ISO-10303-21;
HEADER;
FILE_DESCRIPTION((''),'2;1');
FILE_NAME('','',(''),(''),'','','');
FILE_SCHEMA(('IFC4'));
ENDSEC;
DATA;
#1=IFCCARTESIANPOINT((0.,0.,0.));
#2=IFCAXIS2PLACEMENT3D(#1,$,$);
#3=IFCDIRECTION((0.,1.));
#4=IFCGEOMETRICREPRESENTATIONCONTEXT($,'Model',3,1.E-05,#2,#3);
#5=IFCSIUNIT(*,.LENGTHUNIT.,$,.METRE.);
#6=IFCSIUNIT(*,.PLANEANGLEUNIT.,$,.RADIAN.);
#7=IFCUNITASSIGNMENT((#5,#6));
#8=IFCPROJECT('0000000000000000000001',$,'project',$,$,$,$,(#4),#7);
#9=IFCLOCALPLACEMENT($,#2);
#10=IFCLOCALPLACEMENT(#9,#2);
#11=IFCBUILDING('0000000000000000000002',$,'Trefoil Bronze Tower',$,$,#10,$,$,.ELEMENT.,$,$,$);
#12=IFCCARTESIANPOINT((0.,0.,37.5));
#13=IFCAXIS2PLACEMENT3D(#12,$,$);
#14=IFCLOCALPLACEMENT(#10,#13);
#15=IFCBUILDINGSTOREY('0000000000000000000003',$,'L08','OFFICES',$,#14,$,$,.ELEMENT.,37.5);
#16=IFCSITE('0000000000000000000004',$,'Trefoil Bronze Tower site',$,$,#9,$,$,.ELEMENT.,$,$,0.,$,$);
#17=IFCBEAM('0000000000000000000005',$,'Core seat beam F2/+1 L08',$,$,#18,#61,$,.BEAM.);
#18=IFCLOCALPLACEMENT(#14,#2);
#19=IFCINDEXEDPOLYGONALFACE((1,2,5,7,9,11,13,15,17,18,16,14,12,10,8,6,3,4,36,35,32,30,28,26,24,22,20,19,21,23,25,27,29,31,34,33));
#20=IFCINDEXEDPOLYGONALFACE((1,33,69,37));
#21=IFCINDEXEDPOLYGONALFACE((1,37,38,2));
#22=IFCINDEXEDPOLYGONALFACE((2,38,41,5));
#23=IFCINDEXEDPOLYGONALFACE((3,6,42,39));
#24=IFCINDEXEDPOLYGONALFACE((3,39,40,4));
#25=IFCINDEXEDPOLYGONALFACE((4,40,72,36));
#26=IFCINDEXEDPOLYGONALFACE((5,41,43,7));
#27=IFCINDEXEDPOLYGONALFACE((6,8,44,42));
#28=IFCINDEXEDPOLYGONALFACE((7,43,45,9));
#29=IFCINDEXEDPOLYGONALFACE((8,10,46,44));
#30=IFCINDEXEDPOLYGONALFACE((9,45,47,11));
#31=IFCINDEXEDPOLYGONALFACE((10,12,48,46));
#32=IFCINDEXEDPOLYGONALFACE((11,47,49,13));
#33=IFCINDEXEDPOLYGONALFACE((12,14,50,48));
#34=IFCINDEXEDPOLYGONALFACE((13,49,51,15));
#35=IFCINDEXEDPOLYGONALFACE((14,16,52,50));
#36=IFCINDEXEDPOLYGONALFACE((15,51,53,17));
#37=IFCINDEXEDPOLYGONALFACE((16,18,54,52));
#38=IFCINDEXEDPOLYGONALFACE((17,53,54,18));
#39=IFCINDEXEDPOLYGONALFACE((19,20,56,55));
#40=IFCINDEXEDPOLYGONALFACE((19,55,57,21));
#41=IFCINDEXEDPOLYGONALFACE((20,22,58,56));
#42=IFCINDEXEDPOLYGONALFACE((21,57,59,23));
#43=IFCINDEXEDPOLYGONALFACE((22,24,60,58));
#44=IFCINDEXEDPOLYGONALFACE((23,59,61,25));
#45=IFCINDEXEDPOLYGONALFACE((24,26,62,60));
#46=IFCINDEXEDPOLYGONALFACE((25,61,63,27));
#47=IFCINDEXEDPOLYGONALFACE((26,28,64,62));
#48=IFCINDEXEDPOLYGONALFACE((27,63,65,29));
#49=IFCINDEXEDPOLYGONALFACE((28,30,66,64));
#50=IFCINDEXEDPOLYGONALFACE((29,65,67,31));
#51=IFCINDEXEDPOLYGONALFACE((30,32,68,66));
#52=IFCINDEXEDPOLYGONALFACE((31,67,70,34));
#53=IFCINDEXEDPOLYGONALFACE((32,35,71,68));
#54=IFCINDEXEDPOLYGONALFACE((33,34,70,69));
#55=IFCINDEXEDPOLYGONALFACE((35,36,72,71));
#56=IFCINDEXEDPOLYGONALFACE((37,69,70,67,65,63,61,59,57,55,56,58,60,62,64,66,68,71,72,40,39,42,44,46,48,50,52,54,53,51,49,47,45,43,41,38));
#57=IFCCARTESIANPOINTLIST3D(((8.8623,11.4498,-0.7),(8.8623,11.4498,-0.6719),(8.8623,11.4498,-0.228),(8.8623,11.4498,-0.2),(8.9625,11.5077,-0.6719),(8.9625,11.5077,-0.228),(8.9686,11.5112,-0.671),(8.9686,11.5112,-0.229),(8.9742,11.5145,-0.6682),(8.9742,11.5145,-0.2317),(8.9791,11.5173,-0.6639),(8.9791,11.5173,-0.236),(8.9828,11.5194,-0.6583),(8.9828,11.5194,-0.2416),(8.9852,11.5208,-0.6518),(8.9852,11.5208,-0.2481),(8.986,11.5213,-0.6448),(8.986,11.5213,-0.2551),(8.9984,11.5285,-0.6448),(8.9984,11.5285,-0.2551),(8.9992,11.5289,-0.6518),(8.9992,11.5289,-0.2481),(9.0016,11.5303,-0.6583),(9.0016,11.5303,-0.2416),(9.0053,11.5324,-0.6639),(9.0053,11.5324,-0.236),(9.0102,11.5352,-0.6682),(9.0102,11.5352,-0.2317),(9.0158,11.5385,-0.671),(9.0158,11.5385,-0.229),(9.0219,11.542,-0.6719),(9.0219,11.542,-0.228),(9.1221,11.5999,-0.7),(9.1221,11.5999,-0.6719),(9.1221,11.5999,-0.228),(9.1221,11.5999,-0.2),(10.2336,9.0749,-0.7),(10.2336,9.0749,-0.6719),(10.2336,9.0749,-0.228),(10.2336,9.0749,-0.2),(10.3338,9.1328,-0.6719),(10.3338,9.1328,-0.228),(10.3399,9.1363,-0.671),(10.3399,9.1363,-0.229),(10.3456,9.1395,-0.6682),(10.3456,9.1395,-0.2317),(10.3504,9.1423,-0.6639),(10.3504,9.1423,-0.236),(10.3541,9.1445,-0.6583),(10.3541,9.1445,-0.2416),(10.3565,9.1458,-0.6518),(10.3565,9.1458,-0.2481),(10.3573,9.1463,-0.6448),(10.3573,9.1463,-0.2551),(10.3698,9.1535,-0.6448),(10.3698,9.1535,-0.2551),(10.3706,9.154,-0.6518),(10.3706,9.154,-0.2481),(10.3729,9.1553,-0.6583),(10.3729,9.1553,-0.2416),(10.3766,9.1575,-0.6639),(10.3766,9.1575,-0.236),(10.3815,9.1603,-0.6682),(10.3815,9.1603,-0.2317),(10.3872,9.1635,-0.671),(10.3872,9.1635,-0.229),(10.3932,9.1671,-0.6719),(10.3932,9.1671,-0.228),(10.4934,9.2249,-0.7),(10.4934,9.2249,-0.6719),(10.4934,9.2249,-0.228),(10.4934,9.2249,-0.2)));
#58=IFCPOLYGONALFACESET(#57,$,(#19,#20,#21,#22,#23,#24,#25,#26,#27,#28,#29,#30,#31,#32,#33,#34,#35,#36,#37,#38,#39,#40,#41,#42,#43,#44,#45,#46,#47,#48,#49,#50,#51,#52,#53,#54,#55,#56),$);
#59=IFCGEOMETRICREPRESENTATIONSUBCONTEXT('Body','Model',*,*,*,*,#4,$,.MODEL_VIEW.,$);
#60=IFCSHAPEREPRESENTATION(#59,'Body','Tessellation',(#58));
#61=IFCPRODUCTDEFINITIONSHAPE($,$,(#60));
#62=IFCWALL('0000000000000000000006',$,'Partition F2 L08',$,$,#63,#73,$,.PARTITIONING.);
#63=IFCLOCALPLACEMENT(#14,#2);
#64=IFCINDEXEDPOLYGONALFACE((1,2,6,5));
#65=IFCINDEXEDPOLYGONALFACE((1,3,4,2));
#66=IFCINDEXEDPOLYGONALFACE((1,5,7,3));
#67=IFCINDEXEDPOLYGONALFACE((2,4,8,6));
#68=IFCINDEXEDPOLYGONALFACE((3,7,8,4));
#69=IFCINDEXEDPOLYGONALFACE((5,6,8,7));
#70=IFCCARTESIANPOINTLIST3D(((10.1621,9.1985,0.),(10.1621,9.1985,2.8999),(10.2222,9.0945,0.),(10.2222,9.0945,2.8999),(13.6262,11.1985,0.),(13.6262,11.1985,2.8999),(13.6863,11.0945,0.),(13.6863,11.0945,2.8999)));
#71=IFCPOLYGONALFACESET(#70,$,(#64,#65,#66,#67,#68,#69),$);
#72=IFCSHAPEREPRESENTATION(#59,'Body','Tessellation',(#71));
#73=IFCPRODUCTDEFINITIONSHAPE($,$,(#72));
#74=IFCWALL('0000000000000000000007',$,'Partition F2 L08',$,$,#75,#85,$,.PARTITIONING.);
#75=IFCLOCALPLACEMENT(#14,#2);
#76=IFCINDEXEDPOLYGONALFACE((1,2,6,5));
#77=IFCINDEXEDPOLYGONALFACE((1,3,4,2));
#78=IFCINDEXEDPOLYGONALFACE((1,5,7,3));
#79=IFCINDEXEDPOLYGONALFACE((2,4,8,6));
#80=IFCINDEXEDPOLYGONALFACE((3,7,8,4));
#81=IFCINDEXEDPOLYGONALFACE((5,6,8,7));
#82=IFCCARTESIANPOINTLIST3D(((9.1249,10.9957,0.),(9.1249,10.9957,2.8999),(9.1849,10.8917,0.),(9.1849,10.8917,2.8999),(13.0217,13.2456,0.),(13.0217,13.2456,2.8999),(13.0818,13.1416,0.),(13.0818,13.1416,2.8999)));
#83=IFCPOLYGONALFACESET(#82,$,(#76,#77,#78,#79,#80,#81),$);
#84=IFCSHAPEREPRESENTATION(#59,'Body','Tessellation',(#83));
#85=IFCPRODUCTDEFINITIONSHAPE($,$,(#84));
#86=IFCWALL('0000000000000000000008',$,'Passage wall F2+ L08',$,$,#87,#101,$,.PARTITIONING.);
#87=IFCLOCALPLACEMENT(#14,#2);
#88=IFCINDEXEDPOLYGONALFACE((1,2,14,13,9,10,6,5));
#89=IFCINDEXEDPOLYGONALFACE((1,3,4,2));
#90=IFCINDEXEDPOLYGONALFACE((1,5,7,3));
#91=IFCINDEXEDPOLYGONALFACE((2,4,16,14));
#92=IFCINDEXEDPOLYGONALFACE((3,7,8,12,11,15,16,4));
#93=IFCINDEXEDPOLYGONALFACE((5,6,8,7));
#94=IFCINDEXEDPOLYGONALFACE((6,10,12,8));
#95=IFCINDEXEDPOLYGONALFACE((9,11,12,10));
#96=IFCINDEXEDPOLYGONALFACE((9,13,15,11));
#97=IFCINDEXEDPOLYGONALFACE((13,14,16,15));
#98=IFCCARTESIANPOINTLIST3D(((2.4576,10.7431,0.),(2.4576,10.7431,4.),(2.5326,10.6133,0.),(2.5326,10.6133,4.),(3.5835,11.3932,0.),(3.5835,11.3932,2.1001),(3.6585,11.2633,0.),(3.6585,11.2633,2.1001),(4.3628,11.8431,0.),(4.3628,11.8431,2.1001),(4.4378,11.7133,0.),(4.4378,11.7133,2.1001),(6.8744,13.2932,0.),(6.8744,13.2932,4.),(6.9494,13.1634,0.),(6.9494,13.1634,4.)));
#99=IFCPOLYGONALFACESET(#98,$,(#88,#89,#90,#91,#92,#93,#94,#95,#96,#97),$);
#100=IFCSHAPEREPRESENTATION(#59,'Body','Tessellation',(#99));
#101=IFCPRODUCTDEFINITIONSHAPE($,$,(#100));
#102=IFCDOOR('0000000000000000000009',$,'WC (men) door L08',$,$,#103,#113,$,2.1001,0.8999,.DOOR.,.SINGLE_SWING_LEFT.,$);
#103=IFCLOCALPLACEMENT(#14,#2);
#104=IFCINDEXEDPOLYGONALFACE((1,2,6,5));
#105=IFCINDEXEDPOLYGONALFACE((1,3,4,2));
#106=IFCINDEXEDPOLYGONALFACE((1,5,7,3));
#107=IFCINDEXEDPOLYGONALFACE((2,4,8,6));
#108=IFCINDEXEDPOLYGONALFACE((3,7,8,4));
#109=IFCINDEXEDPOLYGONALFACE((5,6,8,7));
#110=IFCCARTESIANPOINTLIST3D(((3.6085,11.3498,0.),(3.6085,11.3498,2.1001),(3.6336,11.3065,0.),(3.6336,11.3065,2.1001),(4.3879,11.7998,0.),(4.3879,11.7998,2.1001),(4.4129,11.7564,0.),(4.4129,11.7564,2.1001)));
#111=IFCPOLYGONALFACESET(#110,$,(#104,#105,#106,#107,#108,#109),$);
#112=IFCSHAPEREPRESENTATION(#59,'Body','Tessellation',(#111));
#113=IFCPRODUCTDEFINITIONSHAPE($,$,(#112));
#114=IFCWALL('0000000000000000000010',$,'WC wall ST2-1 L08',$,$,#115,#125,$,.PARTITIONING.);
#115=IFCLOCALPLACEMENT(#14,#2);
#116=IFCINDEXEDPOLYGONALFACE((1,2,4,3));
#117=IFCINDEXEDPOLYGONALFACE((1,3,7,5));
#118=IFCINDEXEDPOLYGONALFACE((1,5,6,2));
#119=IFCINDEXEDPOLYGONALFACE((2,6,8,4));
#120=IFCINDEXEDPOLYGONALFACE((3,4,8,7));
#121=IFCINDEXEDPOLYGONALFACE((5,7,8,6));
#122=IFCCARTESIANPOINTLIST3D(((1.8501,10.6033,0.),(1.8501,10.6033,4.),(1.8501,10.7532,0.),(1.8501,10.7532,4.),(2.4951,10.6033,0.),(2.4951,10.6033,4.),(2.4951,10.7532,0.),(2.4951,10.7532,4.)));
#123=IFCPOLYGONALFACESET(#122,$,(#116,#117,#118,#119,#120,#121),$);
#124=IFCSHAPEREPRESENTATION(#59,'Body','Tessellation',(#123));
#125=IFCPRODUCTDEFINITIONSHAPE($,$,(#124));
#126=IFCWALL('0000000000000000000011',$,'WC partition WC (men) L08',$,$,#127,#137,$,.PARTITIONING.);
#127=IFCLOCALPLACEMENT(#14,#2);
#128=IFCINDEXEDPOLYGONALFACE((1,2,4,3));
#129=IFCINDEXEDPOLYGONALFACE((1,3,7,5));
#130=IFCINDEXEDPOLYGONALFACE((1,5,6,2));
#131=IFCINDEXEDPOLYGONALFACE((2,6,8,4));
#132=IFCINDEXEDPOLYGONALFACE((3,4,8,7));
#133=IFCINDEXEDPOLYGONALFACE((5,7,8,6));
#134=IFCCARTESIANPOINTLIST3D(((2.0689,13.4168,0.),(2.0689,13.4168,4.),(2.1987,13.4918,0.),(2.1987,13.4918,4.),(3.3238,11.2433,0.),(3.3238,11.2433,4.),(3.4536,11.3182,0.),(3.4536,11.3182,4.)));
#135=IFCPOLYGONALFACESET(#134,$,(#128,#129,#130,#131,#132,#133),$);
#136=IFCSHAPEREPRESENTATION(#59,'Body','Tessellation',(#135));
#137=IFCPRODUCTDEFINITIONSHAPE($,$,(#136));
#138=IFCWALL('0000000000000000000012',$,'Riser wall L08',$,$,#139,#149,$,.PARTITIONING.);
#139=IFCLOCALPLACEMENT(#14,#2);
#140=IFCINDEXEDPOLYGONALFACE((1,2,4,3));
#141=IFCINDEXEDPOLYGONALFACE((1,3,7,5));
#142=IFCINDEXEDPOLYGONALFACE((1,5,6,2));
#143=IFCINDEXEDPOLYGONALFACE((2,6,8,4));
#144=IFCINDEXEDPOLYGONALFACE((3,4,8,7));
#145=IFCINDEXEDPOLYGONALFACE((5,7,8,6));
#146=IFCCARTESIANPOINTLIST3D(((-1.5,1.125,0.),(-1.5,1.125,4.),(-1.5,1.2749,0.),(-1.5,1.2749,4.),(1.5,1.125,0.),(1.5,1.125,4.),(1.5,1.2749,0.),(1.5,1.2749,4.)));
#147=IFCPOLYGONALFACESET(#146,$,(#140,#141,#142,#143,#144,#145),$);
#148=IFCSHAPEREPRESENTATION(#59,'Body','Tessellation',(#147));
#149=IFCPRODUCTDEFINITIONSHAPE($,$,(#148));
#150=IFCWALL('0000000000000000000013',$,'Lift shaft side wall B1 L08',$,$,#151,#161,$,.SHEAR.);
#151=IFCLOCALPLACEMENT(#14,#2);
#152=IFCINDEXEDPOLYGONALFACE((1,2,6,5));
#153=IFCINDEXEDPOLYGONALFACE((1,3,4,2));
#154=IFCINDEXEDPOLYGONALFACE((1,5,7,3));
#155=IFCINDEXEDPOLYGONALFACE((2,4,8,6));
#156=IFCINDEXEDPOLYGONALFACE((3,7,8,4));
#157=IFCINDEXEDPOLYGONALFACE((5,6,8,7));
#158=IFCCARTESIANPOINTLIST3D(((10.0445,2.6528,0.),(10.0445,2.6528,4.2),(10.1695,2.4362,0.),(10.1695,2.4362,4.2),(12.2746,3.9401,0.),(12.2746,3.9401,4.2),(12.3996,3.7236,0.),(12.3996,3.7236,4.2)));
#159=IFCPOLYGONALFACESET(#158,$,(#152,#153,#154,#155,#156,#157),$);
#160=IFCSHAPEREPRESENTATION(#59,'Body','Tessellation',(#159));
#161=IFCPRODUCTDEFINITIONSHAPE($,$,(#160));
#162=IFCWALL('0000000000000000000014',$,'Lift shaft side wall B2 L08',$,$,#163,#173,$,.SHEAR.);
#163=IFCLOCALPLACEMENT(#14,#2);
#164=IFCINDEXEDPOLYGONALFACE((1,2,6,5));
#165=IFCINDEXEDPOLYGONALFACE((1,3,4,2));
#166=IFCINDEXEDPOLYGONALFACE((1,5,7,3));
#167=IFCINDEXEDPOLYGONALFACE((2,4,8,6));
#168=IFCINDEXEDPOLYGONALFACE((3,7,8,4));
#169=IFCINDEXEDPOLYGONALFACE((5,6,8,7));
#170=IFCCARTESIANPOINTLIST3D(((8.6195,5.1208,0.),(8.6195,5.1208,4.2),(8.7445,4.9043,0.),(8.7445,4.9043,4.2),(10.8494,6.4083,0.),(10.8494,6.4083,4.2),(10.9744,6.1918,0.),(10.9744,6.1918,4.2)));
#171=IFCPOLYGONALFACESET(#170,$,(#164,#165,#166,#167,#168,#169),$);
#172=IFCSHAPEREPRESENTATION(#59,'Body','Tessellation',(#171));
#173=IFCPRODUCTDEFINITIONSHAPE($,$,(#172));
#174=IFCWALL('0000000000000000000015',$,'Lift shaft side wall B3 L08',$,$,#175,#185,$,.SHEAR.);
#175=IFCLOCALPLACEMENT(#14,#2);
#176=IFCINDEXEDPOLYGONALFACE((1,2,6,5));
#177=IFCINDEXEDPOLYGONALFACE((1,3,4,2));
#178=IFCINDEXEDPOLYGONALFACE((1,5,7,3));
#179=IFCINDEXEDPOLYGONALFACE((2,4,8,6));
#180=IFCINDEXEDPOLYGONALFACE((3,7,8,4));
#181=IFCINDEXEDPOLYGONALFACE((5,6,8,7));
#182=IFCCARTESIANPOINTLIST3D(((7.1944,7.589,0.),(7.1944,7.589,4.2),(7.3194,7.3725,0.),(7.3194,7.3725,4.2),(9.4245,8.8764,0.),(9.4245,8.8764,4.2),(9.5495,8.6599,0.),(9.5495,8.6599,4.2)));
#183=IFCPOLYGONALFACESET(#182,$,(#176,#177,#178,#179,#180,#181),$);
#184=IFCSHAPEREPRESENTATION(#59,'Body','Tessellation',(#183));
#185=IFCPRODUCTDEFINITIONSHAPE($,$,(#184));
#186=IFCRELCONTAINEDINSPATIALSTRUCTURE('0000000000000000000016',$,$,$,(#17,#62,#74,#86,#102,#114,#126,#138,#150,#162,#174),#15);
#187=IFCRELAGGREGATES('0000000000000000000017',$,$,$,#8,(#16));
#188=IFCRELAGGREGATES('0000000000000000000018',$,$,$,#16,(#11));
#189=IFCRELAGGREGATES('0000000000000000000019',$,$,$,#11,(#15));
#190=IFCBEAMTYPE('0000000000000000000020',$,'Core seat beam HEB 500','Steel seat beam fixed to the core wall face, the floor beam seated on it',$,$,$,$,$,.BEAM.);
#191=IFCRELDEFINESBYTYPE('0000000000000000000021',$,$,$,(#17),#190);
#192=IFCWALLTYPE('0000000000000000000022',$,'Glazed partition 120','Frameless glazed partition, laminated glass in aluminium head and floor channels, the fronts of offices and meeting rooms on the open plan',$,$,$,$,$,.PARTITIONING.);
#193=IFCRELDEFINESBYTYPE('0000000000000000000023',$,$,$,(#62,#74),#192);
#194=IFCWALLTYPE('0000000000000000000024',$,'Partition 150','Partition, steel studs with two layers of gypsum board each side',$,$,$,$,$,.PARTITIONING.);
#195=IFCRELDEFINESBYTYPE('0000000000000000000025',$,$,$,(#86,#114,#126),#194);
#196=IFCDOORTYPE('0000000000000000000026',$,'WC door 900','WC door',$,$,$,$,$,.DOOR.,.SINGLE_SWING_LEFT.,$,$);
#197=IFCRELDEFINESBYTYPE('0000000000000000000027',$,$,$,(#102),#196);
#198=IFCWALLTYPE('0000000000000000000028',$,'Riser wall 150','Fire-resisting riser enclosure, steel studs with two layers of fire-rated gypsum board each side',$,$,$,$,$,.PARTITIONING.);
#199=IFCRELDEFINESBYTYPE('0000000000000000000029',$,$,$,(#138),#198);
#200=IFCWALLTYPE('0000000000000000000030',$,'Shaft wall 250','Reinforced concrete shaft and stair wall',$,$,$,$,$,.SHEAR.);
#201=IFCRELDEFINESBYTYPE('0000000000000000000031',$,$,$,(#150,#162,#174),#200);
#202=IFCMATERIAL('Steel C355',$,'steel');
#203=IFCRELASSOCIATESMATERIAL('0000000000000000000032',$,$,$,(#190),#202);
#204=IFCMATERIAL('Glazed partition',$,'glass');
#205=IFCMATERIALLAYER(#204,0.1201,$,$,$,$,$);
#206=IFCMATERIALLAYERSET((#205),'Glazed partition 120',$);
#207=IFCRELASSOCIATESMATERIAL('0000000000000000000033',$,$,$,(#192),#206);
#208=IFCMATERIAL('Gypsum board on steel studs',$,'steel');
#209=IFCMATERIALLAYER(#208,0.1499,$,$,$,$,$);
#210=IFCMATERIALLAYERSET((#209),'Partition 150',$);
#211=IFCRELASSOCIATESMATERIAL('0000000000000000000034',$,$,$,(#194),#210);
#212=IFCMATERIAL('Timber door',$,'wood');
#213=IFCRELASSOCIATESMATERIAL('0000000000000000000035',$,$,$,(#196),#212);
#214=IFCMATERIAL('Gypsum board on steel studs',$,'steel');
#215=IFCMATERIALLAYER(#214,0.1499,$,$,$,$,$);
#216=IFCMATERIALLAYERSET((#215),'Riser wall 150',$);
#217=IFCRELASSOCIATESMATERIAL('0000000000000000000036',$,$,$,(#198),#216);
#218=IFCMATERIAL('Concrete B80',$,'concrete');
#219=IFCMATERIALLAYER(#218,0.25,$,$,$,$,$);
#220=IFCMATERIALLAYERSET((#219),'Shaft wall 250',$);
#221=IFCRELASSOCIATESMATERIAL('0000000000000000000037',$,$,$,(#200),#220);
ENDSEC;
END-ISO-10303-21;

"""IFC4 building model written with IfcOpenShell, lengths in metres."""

from ifc_helpers import new_model, si_unit, direction, frame, frame_2d, origin, origin_2d, place, context, subcontext, project, spatial, rectangle, i_section, extrude, material, layer, layer_set, material_profile, profile_set, type_object, element, fill, save


model = new_model("IFC4")

# Units and contexts
model_context = context("Model", 3, precision=1e-05, world=origin(), true_north=direction((0.0, 1.0)))
body_context = subcontext(model_context, "Body", "Model", "MODEL_VIEW")
ifc_project = project(units=[si_unit("LENGTHUNIT", "METRE"), si_unit("PLANEANGLEUNIT", "RADIAN")], contexts=[model_context])

# Site, building, storey
site_placement = place(None, origin())
site = spatial("IfcSite", under=ifc_project, at=site_placement, Name="Trefoil Bronze Tower site", CompositionType="ELEMENT", RefElevation=0.0)
building_placement = place(site_placement, origin())
building = spatial("IfcBuilding", under=site, at=building_placement, Name="Trefoil Bronze Tower", CompositionType="ELEMENT")
storey_placement = place(building_placement, frame((0.0, 0.0, 37.5)))
storey = spatial("IfcBuildingStorey", under=building, at=storey_placement, Name="L08", Description="OFFICES", CompositionType="ELEMENT", Elevation=37.5)

# Beam
ifc_material_1 = material(Name="Steel C355", Category="steel")
ifc_material_profile = material_profile(ifc_material_1, i_section(OverallWidth=0.3, OverallDepth=0.5, WebThickness=0.0144, FlangeThickness=0.0281, FilletRadius=0.0271, at=origin_2d()), Name="HEB 500")
ifc_profile_set = profile_set([ifc_material_profile], Name="Steel C355")
beam_type = type_object("IfcBeamType", Name="Core seat beam HEB 500", Description="Steel seat beam fixed to the core wall face, the floor beam seated on it", PredefinedType="BEAM", material=ifc_profile_set)
beam_placement = place(storey_placement, frame((10.3635, 9.1499, -0.45), z_axis=(-0.500036, 0.866005, 0.0), x_axis=(-0.866005, -0.500036, 0.0)))
element("IfcBeam", 1, at=beam_placement, inside=storey, type_object=beam_type, Name="Core seat beam F2/+1 L08", PredefinedType="BEAM", context=body_context, shape_type="SweptSolid", body=[
    extrude(i_section(OverallWidth=0.3, OverallDepth=0.5, WebThickness=0.0144, FlangeThickness=0.0281, FilletRadius=0.0271, at=origin_2d()), origin(), (0.0, 0.0, 1.0), 2.7424),
])

# Walls
ifc_material_2 = material(Name="Glazed partition", Category="glass")
ifc_layer_1 = layer(ifc_material_2, 0.1201)
ifc_layer_set_1 = layer_set([ifc_layer_1], Name="Glazed partition 120")
wall_type_1 = type_object("IfcWallType", Name="Glazed partition 120", Description="Frameless glazed partition, laminated glass in aluminium head and floor channels, the fronts of offices and meeting rooms on the open plan", PredefinedType="PARTITIONING", material=ifc_layer_set_1)
wall_1_placement = place(storey_placement, frame((10.1921, 9.1465, 0.0), z_axis=(0.0, 0.0, 1.0), x_axis=(0.866026, 0.499999, 0.0)))
element("IfcWall", 2, at=wall_1_placement, inside=storey, type_object=wall_type_1, Name="Partition F2 L08", PredefinedType="PARTITIONING", context=body_context, shape_type="SweptSolid", body=[
    extrude(rectangle(XDim=4.0, YDim=0.1201, at=frame_2d((2.0, 0.0))), origin(), (0.0, 0.0, 1.0), 2.8999),
])
wall_2_placement = place(storey_placement, frame((9.1548, 10.9436, 0.0), z_axis=(0.0, 0.0, 1.0), x_axis=(0.866018, 0.500014, 0.0)))
element("IfcWall", 3, at=wall_2_placement, inside=storey, type_object=wall_type_1, Name="Partition F2 L08", PredefinedType="PARTITIONING", context=body_context, shape_type="SweptSolid", body=[
    extrude(rectangle(XDim=4.4998, YDim=0.1201, at=frame_2d((2.25, 0.0))), origin(), (0.0, 0.0, 1.0), 2.8999),
])

# Wall, opening, door
ifc_material_3 = material(Name="Gypsum board on steel studs", Category="steel")
ifc_layer_2 = layer(ifc_material_3, 0.1499)
ifc_layer_set_2 = layer_set([ifc_layer_2], Name="Partition 150")
wall_type_2 = type_object("IfcWallType", Name="Partition 150", Description="Partition, steel studs with two layers of gypsum board each side", PredefinedType="PARTITIONING", material=ifc_layer_set_2)
wall_3_placement = place(storey_placement, frame((2.4951, 10.6782, 0.0), z_axis=(0.0, 0.0, 1.0), x_axis=(0.866022, 0.500006, 0.0)))
wall_3 = element("IfcWall", 4, at=wall_3_placement, inside=storey, type_object=wall_type_2, Name="Passage wall F2+ L08", PredefinedType="PARTITIONING", context=body_context, shape_type="SweptSolid", body=[
    extrude(rectangle(XDim=5.1001, YDim=0.1499, at=frame_2d((2.55, 0.0))), origin(), (0.0, 0.0, 1.0), 4.0),
])
opening_1_placement = place(wall_3_placement, frame((1.3, 0.0, 0.0)))
opening_1 = element("IfcOpeningElement", 5, at=opening_1_placement, cuts=wall_3, PredefinedType="OPENING", context=body_context, shape_type="SweptSolid", body=[
    extrude(rectangle(XDim=0.8999, YDim=2.1001, at=frame_2d((0.45, 1.05))), frame((0.0, 0.085, 0.0), z_axis=(0.0, -1.0, 0.0), x_axis=(1.0, 0.0, 0.0)), (0.0, 0.0, 1.0), 0.1699),
])
ifc_material_4 = material(Name="Timber door", Category="wood")
door_type_1 = type_object("IfcDoorType", Name="WC door 900", Description="WC door", OperationType="SINGLE_SWING_LEFT", PredefinedType="DOOR", material=ifc_material_4)
door_1_placement = place(opening_1_placement, origin())
door_1 = element("IfcDoor", 6, at=door_1_placement, inside=storey, type_object=door_type_1, Name="WC (men) door L08", OperationType="SINGLE_SWING_LEFT", OverallHeight=2.1001, OverallWidth=0.8999, PredefinedType="DOOR", context=body_context, shape_type="SweptSolid", body=[
    extrude(rectangle(XDim=0.8999, YDim=2.1001, at=frame_2d((0.45, 1.05))), frame((0.0, 0.0249, 0.0), z_axis=(0.0, -1.0, 0.0), x_axis=(1.0, 0.0, 0.0)), (0.0, 0.0, 1.0), 0.05),
])
fill(opening_1, door_1)

# Walls
wall_4_placement = place(storey_placement, frame((2.4951, 10.6782, 0.0), z_axis=(0.0, 0.0, 1.0), x_axis=(-1.0, 0.0, 0.0)))
element("IfcWall", 7, at=wall_4_placement, inside=storey, type_object=wall_type_2, Name="WC wall ST2-1 L08", PredefinedType="PARTITIONING", context=body_context, shape_type="SweptSolid", body=[
    extrude(rectangle(XDim=0.645, YDim=0.1499, at=frame_2d((0.3225, 0.0))), origin(), (0.0, 0.0, 1.0), 4.0),
])
wall_5_placement = place(storey_placement, frame((3.3887, 11.2808, 0.0), z_axis=(0.0, 0.0, 1.0), x_axis=(-0.499989, 0.866032, 0.0)))
element("IfcWall", 8, at=wall_5_placement, inside=storey, type_object=wall_type_2, Name="WC partition WC (men) L08", PredefinedType="PARTITIONING", context=body_context, shape_type="SweptSolid", body=[
    extrude(rectangle(XDim=2.5098, YDim=0.1499, at=frame_2d((1.2549, 0.0))), origin(), (0.0, 0.0, 1.0), 4.0),
])
ifc_material_5 = material(Name="Gypsum board on steel studs", Category="steel")
ifc_layer_3 = layer(ifc_material_5, 0.1499)
ifc_layer_set_3 = layer_set([ifc_layer_3], Name="Riser wall 150")
wall_type_3 = type_object("IfcWallType", Name="Riser wall 150", Description="Fire-resisting riser enclosure, steel studs with two layers of fire-rated gypsum board each side", PredefinedType="PARTITIONING", material=ifc_layer_set_3)
wall_6_placement = place(storey_placement, frame((1.5, 1.2, 0.0), z_axis=(0.0, 0.0, 1.0), x_axis=(-1.0, 0.0, 0.0)))
element("IfcWall", 9, at=wall_6_placement, inside=storey, type_object=wall_type_3, Name="Riser wall L08", PredefinedType="PARTITIONING", context=body_context, shape_type="SweptSolid", body=[
    extrude(rectangle(XDim=3.0, YDim=0.1499, at=frame_2d((1.5, 0.0))), origin(), (0.0, 0.0, 1.0), 4.0),
])
ifc_material_6 = material(Name="Concrete B80", Category="concrete")
ifc_layer_4 = layer(ifc_material_6, 0.25)
ifc_layer_set_4 = layer_set([ifc_layer_4], Name="Shaft wall 250")
wall_type_4 = type_object("IfcWallType", Name="Shaft wall 250", Description="Reinforced concrete shaft and stair wall", PredefinedType="SHEAR", material=ifc_layer_set_4)
for number, where, z_axis, x_axis, name in (
    (10, (10.1069, 2.5444, 0.0), (0.0, 0.0, 1.0), (0.866047, 0.499963, 0.0), "Lift shaft side wall B1 L08"),
    (11, (8.6819, 5.0125, 0.0), (0.0, 0.0, 1.0), (0.866006, 0.500034, 0.0), "Lift shaft side wall B2 L08"),
    (12, (7.2568, 7.4807, 0.0), (0.0, 0.0, 1.0), (0.866047, 0.499963, 0.0), "Lift shaft side wall B3 L08"),
):
    element("IfcWall", number, at=place(storey_placement, frame(where, z_axis=z_axis, x_axis=x_axis)), inside=storey, type_object=wall_type_4, Name=name, PredefinedType="SHEAR", context=body_context, shape_type="SweptSolid", body=[
        extrude(rectangle(XDim=2.575, YDim=0.25, at=frame_2d((1.2876, 0.0))), origin(), (0.0, 0.0, 1.0), 4.2),
    ])

save(model, "model.ifc")
